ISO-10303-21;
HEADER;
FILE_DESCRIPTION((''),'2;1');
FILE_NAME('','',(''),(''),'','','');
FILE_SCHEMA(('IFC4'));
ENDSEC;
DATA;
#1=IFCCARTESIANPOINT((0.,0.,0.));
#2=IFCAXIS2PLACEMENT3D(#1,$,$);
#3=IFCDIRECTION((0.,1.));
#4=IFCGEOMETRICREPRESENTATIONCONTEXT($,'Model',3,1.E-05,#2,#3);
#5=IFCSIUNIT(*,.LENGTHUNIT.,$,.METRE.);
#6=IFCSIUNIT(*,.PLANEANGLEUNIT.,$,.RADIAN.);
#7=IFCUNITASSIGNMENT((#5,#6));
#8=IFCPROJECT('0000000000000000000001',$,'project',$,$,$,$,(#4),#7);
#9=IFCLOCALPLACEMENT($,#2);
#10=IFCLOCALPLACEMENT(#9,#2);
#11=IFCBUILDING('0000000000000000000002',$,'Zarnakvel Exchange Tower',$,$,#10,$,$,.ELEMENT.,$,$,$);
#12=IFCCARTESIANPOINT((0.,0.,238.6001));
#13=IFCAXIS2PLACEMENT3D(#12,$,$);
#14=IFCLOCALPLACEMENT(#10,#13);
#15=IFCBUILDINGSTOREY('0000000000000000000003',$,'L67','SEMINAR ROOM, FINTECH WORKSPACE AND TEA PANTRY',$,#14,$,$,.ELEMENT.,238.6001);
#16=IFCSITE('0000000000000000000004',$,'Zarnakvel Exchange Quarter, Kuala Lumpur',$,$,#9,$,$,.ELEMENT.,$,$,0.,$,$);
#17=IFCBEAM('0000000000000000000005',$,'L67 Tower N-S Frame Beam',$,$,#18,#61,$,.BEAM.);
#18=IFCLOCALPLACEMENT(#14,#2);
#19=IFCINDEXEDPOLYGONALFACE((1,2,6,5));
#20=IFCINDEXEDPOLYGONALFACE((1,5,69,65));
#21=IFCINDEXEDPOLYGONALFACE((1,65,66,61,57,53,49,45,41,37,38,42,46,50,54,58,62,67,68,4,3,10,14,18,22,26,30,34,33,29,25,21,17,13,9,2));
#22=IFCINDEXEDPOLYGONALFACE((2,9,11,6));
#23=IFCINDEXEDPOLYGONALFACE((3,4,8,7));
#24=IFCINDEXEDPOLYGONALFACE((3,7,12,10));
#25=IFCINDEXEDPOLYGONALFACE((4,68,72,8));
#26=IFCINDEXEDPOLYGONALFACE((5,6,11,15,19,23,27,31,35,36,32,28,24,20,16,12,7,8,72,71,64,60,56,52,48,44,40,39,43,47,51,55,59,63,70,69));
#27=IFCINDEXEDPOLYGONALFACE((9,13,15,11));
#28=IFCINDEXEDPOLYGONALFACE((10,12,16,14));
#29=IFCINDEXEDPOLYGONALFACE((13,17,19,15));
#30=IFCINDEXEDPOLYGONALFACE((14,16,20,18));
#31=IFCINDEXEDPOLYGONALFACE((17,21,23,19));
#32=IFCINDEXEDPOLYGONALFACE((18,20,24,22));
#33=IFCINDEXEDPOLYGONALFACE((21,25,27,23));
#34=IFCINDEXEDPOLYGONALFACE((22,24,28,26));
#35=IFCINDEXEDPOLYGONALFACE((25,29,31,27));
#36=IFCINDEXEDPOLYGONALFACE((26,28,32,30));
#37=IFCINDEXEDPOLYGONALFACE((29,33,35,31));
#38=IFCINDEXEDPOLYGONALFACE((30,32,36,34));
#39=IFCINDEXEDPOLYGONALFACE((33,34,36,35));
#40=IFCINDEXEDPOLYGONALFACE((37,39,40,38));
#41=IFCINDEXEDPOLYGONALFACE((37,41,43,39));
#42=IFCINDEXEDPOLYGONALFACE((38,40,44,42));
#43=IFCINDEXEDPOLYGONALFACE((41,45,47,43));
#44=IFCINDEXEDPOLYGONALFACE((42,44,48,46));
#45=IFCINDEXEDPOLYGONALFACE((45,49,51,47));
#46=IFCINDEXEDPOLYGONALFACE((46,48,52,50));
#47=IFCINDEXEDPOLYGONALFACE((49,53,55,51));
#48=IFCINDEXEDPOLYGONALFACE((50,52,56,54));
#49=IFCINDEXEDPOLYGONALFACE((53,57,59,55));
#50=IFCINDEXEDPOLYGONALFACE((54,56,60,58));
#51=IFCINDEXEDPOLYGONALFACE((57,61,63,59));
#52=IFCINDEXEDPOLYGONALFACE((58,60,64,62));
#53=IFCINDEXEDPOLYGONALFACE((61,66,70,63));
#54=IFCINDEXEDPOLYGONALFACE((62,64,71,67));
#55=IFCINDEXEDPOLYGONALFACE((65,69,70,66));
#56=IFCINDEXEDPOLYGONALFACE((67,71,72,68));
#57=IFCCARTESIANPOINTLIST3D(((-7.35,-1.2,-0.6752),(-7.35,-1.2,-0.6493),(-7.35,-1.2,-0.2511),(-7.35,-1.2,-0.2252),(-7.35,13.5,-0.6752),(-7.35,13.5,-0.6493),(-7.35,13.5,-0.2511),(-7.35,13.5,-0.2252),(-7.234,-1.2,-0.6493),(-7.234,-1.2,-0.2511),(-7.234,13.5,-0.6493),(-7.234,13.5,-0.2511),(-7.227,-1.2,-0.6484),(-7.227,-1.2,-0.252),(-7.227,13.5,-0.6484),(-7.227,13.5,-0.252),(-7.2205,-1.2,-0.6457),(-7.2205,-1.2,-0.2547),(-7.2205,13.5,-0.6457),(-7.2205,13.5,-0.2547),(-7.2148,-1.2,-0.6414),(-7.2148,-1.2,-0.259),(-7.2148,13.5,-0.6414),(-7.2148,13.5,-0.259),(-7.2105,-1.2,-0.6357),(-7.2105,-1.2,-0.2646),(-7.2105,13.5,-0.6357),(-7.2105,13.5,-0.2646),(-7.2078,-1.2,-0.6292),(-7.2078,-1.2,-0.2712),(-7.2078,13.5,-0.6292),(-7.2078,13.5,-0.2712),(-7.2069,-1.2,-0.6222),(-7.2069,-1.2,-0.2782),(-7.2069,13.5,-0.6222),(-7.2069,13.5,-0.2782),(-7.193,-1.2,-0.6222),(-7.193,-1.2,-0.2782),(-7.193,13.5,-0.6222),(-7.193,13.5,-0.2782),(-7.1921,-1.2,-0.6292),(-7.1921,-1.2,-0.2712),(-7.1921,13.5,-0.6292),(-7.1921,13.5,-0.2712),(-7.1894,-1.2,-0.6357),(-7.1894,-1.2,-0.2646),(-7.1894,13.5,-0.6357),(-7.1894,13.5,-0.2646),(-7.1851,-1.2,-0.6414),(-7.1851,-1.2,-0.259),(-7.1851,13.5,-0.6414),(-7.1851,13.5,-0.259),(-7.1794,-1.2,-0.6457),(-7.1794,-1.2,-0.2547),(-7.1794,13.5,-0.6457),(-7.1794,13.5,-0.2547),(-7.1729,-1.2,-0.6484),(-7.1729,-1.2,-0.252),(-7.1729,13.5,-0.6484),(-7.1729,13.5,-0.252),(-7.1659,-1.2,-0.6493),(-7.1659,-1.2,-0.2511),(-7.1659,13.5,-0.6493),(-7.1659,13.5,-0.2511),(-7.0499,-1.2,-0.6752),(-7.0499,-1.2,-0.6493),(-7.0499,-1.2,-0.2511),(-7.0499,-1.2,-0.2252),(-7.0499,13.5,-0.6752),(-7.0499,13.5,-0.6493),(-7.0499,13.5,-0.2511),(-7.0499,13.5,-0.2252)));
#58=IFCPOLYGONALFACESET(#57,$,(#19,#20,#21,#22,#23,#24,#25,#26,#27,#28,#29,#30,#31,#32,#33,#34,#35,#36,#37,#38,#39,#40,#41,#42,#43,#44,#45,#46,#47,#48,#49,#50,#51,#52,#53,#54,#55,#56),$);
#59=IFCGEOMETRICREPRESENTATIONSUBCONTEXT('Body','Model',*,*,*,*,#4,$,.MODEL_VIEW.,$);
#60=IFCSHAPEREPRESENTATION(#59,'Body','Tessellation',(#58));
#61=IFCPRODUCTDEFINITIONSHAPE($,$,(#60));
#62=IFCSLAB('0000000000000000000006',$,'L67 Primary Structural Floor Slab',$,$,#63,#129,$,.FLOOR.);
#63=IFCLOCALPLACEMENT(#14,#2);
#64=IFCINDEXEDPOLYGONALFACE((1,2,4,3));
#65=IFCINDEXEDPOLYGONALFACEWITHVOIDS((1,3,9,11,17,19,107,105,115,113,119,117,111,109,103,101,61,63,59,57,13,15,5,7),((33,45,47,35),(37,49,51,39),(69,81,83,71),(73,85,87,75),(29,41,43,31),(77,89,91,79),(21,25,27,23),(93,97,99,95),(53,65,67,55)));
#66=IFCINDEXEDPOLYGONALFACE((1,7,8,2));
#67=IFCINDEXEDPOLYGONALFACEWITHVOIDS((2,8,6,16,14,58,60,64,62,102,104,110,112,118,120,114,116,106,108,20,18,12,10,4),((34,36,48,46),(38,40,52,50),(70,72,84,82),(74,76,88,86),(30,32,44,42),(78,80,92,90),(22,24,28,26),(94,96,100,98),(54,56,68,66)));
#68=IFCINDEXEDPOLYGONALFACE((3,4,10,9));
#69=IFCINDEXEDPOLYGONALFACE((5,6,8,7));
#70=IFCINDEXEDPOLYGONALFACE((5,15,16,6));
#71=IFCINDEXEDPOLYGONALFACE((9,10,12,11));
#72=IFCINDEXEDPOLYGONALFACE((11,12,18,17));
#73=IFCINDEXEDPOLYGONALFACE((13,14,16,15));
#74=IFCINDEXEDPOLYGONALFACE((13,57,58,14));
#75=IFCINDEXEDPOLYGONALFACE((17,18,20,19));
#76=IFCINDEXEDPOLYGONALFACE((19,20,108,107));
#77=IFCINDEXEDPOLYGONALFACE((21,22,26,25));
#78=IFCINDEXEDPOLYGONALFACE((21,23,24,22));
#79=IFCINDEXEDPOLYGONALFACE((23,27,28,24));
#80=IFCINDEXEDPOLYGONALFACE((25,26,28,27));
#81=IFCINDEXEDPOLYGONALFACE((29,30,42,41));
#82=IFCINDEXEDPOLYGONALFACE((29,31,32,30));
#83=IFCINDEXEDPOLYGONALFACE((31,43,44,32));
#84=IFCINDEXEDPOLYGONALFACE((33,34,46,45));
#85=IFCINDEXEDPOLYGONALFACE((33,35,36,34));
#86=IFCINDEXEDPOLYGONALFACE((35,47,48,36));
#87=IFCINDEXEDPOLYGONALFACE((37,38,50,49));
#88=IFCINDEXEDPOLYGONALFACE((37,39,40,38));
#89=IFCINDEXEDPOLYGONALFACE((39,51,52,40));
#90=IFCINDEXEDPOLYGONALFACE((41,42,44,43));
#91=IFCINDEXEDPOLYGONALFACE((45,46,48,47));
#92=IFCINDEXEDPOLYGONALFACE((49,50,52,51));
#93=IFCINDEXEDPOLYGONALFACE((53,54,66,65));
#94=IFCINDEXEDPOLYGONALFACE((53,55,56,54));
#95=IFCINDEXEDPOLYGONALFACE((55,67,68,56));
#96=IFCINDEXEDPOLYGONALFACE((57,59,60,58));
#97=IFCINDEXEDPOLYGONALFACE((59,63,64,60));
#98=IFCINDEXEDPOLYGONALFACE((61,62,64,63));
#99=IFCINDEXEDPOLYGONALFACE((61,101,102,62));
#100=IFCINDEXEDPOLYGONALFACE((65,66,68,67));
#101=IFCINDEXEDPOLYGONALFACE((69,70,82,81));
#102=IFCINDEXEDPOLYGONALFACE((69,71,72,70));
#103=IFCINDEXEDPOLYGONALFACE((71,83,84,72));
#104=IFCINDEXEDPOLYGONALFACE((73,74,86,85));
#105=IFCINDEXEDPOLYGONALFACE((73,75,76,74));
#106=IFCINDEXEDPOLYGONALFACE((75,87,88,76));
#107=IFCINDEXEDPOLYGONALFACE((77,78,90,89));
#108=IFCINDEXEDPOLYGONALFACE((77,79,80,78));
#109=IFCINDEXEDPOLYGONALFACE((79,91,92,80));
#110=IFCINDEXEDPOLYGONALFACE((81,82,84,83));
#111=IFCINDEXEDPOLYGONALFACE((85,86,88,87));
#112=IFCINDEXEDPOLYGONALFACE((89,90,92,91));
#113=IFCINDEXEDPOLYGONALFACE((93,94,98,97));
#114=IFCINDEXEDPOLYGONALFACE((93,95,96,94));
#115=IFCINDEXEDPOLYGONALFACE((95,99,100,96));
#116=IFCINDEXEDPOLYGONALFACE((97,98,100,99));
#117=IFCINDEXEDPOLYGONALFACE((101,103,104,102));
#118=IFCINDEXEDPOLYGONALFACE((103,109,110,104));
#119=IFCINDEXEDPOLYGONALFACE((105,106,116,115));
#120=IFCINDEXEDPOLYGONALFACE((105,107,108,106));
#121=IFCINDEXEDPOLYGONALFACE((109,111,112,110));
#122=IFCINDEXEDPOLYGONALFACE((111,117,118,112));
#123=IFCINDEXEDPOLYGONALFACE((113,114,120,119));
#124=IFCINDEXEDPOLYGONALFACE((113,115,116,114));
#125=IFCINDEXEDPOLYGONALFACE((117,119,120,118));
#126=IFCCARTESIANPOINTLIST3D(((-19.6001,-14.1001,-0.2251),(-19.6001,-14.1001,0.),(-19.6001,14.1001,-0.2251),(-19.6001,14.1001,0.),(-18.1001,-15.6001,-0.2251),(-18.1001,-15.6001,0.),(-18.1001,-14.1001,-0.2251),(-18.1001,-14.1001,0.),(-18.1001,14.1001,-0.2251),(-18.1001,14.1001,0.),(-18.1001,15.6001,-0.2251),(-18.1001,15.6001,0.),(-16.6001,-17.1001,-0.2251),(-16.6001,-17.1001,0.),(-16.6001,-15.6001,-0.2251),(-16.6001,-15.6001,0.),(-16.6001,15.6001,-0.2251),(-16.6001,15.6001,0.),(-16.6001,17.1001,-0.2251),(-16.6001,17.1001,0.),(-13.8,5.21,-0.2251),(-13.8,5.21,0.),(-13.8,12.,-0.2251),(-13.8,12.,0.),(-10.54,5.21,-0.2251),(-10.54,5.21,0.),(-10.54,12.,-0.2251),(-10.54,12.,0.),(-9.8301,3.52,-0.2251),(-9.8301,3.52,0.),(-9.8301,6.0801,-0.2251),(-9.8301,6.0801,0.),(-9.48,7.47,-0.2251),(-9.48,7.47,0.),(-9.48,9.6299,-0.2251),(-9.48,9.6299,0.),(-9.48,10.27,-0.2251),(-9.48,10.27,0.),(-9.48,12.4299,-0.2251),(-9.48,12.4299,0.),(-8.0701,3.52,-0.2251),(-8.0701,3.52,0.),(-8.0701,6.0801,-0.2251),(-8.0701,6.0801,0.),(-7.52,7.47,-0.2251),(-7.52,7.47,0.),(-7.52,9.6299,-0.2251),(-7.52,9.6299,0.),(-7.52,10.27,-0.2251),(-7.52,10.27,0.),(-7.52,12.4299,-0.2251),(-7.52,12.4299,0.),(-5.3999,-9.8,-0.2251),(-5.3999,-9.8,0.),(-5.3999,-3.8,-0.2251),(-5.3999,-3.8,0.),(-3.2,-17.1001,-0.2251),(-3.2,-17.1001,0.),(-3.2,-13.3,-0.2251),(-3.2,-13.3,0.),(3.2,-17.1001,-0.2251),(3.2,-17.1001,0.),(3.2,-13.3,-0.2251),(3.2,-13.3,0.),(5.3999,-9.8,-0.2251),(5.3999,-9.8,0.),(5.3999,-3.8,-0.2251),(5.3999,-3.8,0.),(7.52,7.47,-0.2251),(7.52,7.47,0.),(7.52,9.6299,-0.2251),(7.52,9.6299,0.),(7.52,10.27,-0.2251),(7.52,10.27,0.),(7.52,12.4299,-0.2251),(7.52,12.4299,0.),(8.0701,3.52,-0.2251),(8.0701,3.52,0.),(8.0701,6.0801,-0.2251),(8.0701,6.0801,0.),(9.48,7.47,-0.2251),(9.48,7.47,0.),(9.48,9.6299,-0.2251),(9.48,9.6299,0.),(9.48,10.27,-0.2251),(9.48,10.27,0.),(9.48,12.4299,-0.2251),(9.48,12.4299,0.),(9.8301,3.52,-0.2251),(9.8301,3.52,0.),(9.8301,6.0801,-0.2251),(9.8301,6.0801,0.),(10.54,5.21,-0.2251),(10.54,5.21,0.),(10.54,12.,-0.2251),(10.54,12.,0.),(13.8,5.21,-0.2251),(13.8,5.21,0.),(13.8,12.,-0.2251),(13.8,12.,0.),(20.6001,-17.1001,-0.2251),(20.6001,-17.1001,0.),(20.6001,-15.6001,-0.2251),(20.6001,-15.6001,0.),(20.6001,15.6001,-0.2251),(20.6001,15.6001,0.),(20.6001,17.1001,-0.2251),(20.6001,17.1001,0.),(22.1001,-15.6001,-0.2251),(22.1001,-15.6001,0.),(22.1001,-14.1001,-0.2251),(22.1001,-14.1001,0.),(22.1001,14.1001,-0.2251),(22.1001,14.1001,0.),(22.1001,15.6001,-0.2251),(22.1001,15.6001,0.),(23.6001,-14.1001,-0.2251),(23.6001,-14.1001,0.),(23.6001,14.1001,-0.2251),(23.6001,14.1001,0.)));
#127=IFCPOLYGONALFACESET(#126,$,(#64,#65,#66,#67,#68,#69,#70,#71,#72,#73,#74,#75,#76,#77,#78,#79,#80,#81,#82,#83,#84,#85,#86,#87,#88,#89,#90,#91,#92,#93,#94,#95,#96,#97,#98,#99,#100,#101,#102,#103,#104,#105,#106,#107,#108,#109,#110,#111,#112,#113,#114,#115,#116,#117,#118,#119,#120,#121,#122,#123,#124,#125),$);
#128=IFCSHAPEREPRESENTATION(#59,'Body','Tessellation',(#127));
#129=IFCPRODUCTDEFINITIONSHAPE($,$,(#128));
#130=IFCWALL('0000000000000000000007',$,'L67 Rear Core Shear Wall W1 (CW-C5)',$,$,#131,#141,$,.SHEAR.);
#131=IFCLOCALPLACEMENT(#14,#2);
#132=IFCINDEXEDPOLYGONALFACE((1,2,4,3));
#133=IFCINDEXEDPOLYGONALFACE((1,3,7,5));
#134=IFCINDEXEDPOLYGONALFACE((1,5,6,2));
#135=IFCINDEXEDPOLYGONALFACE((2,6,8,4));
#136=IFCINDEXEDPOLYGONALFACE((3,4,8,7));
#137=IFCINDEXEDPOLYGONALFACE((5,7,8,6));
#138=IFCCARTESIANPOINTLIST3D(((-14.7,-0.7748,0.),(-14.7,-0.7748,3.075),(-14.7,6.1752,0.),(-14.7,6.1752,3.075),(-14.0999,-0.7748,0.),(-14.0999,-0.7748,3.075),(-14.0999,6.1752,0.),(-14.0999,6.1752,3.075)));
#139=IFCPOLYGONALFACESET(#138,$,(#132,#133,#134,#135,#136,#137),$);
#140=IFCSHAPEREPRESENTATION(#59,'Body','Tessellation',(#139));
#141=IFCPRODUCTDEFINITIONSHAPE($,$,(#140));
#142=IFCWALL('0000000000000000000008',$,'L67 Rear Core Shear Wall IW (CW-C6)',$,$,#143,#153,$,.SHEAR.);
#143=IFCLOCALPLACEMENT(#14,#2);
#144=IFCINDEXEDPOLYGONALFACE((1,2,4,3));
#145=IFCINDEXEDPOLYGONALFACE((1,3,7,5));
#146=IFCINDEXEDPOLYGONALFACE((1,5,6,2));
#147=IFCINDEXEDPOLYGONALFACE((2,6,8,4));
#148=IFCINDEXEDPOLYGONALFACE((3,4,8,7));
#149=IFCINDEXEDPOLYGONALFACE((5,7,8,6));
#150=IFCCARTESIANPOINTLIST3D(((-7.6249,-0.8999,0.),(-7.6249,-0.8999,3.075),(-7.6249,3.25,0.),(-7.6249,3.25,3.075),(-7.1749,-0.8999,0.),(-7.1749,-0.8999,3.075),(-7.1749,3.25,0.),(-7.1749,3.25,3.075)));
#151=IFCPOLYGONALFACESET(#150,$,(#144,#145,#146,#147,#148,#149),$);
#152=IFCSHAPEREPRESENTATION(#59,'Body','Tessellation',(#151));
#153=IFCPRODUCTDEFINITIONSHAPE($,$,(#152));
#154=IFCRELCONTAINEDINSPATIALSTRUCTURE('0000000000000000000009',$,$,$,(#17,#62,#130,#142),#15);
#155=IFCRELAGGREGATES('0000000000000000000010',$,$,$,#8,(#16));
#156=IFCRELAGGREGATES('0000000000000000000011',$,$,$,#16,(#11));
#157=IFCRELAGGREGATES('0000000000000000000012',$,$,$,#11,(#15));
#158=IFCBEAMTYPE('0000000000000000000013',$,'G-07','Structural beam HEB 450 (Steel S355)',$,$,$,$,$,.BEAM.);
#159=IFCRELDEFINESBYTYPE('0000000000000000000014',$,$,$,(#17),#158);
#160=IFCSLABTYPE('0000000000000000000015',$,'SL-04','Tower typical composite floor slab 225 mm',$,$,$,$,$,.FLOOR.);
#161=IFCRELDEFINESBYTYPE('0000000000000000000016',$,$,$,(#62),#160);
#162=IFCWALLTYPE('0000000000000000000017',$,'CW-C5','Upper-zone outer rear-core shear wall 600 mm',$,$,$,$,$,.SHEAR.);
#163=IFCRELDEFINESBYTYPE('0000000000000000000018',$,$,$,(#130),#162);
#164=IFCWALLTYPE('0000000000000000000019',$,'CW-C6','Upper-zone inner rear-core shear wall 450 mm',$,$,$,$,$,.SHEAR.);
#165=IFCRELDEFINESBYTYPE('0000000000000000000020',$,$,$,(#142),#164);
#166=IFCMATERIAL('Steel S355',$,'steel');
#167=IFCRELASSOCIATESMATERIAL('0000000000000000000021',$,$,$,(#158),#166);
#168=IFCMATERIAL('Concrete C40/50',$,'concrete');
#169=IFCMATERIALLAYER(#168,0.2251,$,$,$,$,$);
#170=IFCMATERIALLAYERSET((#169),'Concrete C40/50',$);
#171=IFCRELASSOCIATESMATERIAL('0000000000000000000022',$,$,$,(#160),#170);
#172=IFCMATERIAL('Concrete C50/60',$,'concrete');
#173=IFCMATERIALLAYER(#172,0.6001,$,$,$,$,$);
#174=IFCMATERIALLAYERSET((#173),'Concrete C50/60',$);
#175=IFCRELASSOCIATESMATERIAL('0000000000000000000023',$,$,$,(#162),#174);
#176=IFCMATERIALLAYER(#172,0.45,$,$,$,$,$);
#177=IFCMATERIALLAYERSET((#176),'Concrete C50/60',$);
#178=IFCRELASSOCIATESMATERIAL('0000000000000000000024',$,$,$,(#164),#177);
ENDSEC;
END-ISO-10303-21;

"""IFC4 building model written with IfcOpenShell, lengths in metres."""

from ifc_helpers import new_model, si_unit, direction, frame, frame_2d, origin, origin_2d, place, context, subcontext, project, spatial, polyline, rectangle, i_section, outline, extrude, material, layer, layer_set, material_profile, profile_set, type_object, element, save


model = new_model("IFC4")

# Units and contexts
model_context = context("Model", 3, precision=1e-05, world=origin(), true_north=direction((0.0, 1.0)))
body_context = subcontext(model_context, "Body", "Model", "MODEL_VIEW")
ifc_project = project(units=[si_unit("LENGTHUNIT", "METRE"), si_unit("PLANEANGLEUNIT", "RADIAN")], contexts=[model_context])

# Site, building, storey
site_placement = place(None, origin())
site = spatial("IfcSite", under=ifc_project, at=site_placement, Name="Zarnakvel Exchange Quarter, Kuala Lumpur", CompositionType="ELEMENT", RefElevation=0.0)
building_placement = place(site_placement, origin())
building = spatial("IfcBuilding", under=site, at=building_placement, Name="Zarnakvel Exchange Tower", CompositionType="ELEMENT")
storey_placement = place(building_placement, frame((0.0, 0.0, 238.6001)))
storey = spatial("IfcBuildingStorey", under=building, at=storey_placement, Name="L67", Description="SEMINAR ROOM, FINTECH WORKSPACE AND TEA PANTRY", CompositionType="ELEMENT", Elevation=238.6001)

# Shared definitions
ifc_material_1 = material(Name="Concrete C50/60", Category="concrete")

# Beam
ifc_material_2 = material(Name="Steel S355", Category="steel")
ifc_material_profile_1 = material_profile(ifc_material_2, i_section(OverallWidth=0.3, OverallDepth=0.45, WebThickness=0.0139, FlangeThickness=0.0259, FilletRadius=0.0271, at=origin_2d()))
ifc_profile_set_1 = profile_set([ifc_material_profile_1], Name="Steel S355")
beam_type_1 = type_object("IfcBeamType", Name="G-07", Description="Structural beam HEB 450 (Steel S355)", PredefinedType="BEAM", material=ifc_profile_set_1)
beam_1_placement = place(storey_placement, frame((-7.2, -1.2, -0.4502), z_axis=(0.0, 1.0, 0.0), x_axis=(-1.0, 0.0, 0.0)))
element("IfcBeam", 1, at=beam_1_placement, inside=storey, type_object=beam_type_1, Name="L67 Tower N-S Frame Beam", PredefinedType="BEAM", context=body_context, shape_type="SweptSolid", body=[
    extrude(i_section(OverallWidth=0.3, OverallDepth=0.45, WebThickness=0.0139, FlangeThickness=0.0259, FilletRadius=0.0271, at=origin_2d()), origin(), (0.0, 0.0, 1.0), 14.7),
])

# Slab
ifc_material_3 = material(Name="Concrete C40/50", Category="concrete")
ifc_layer_1 = layer(ifc_material_3, 0.2251)
ifc_layer_set_1 = layer_set([ifc_layer_1], Name="Concrete C40/50")
slab_type = type_object("IfcSlabType", Name="SL-04", Description="Tower typical composite floor slab 225 mm", PredefinedType="FLOOR", material=ifc_layer_set_1)
slab_placement = place(storey_placement, frame((0.0, 0.0, -0.2251)))
element("IfcSlab", 2, at=slab_placement, inside=storey, type_object=slab_type, Name="L67 Primary Structural Floor Slab", PredefinedType="FLOOR", context=body_context, shape_type="SweptSolid", body=[
    extrude(outline(polyline([(-19.6001, -14.1001), (-18.1001, -14.1001), (-18.1001, -15.6001), (-16.6001, -15.6001), (-16.6001, -17.1001), (-3.2, -17.1001), (-3.2, -13.3), (3.2, -13.3), (3.2, -17.1001), (20.6001, -17.1001), (20.6001, -15.6001), (22.1001, -15.6001), (22.1001, -14.1001), (23.6001, -14.1001), (23.6001, 14.1001), (22.1001, 14.1001), (22.1001, 15.6001), (20.6001, 15.6001), (20.6001, 17.1001), (-16.6001, 17.1001), (-16.6001, 15.6001), (-18.1001, 15.6001), (-18.1001, 14.1001), (-19.6001, 14.1001), (-19.6001, -14.1001)]), holes=[polyline([(-5.3999, -9.8), (5.3999, -9.8), (5.3999, -3.8), (-5.3999, -3.8), (-5.3999, -9.8)]), polyline([(-13.8, 5.21), (-10.54, 5.21), (-10.54, 12.0), (-13.8, 12.0), (-13.8, 5.21)]), polyline([(10.54, 5.21), (13.8, 5.21), (13.8, 12.0), (10.54, 12.0), (10.54, 5.21)]), polyline([(-9.8301, 3.52), (-8.0701, 3.52), (-8.0701, 6.0801), (-9.8301, 6.0801), (-9.8301, 3.52)]), polyline([(8.0701, 3.52), (9.8301, 3.52), (9.8301, 6.0801), (8.0701, 6.0801), (8.0701, 3.52)]), polyline([(-9.48, 7.47), (-7.52, 7.47), (-7.52, 9.6299), (-9.48, 9.6299), (-9.48, 7.47)]), polyline([(-9.48, 10.27), (-7.52, 10.27), (-7.52, 12.4299), (-9.48, 12.4299), (-9.48, 10.27)]), polyline([(7.52, 7.47), (9.48, 7.47), (9.48, 9.6299), (7.52, 9.6299), (7.52, 7.47)]), polyline([(7.52, 10.27), (9.48, 10.27), (9.48, 12.4299), (7.52, 12.4299), (7.52, 10.27)])]), origin(), (0.0, 0.0, 1.0), 0.2251),
])

# Wall
ifc_layer_2 = layer(ifc_material_1, 0.6001)
ifc_layer_set_2 = layer_set([ifc_layer_2], Name="Concrete C50/60")
wall_type_1 = type_object("IfcWallType", Name="CW-C5", Description="Upper-zone outer rear-core shear wall 600 mm", PredefinedType="SHEAR", material=ifc_layer_set_2)
wall_1_placement = place(storey_placement, frame((-14.3999, -0.7749, 0.0), z_axis=(0.0, 0.0, 1.0), x_axis=(0.0, 1.0, 0.0)))
element("IfcWall", 3, at=wall_1_placement, inside=storey, type_object=wall_type_1, Name="L67 Rear Core Shear Wall W1 (CW-C5)", PredefinedType="SHEAR", context=body_context, shape_type="SweptSolid", body=[
    extrude(rectangle(XDim=6.95, YDim=0.6001, at=frame_2d((3.4751, 0.0))), origin(), (0.0, 0.0, 1.0), 3.075),
])

# Wall
ifc_layer_3 = layer(ifc_material_1, 0.45)
ifc_layer_set_3 = layer_set([ifc_layer_3], Name="Concrete C50/60")
wall_type_2 = type_object("IfcWallType", Name="CW-C6", Description="Upper-zone inner rear-core shear wall 450 mm", PredefinedType="SHEAR", material=ifc_layer_set_3)
wall_2_placement = place(storey_placement, frame((-7.3999, -0.8999, 0.0), z_axis=(0.0, 0.0, 1.0), x_axis=(0.0, 1.0, 0.0)))
element("IfcWall", 4, at=wall_2_placement, inside=storey, type_object=wall_type_2, Name="L67 Rear Core Shear Wall IW (CW-C6)", PredefinedType="SHEAR", context=body_context, shape_type="SweptSolid", body=[
    extrude(rectangle(XDim=4.1499, YDim=0.45, at=frame_2d((2.075, 0.0))), origin(), (0.0, 0.0, 1.0), 3.075),
])

save(model, "model.ifc")
